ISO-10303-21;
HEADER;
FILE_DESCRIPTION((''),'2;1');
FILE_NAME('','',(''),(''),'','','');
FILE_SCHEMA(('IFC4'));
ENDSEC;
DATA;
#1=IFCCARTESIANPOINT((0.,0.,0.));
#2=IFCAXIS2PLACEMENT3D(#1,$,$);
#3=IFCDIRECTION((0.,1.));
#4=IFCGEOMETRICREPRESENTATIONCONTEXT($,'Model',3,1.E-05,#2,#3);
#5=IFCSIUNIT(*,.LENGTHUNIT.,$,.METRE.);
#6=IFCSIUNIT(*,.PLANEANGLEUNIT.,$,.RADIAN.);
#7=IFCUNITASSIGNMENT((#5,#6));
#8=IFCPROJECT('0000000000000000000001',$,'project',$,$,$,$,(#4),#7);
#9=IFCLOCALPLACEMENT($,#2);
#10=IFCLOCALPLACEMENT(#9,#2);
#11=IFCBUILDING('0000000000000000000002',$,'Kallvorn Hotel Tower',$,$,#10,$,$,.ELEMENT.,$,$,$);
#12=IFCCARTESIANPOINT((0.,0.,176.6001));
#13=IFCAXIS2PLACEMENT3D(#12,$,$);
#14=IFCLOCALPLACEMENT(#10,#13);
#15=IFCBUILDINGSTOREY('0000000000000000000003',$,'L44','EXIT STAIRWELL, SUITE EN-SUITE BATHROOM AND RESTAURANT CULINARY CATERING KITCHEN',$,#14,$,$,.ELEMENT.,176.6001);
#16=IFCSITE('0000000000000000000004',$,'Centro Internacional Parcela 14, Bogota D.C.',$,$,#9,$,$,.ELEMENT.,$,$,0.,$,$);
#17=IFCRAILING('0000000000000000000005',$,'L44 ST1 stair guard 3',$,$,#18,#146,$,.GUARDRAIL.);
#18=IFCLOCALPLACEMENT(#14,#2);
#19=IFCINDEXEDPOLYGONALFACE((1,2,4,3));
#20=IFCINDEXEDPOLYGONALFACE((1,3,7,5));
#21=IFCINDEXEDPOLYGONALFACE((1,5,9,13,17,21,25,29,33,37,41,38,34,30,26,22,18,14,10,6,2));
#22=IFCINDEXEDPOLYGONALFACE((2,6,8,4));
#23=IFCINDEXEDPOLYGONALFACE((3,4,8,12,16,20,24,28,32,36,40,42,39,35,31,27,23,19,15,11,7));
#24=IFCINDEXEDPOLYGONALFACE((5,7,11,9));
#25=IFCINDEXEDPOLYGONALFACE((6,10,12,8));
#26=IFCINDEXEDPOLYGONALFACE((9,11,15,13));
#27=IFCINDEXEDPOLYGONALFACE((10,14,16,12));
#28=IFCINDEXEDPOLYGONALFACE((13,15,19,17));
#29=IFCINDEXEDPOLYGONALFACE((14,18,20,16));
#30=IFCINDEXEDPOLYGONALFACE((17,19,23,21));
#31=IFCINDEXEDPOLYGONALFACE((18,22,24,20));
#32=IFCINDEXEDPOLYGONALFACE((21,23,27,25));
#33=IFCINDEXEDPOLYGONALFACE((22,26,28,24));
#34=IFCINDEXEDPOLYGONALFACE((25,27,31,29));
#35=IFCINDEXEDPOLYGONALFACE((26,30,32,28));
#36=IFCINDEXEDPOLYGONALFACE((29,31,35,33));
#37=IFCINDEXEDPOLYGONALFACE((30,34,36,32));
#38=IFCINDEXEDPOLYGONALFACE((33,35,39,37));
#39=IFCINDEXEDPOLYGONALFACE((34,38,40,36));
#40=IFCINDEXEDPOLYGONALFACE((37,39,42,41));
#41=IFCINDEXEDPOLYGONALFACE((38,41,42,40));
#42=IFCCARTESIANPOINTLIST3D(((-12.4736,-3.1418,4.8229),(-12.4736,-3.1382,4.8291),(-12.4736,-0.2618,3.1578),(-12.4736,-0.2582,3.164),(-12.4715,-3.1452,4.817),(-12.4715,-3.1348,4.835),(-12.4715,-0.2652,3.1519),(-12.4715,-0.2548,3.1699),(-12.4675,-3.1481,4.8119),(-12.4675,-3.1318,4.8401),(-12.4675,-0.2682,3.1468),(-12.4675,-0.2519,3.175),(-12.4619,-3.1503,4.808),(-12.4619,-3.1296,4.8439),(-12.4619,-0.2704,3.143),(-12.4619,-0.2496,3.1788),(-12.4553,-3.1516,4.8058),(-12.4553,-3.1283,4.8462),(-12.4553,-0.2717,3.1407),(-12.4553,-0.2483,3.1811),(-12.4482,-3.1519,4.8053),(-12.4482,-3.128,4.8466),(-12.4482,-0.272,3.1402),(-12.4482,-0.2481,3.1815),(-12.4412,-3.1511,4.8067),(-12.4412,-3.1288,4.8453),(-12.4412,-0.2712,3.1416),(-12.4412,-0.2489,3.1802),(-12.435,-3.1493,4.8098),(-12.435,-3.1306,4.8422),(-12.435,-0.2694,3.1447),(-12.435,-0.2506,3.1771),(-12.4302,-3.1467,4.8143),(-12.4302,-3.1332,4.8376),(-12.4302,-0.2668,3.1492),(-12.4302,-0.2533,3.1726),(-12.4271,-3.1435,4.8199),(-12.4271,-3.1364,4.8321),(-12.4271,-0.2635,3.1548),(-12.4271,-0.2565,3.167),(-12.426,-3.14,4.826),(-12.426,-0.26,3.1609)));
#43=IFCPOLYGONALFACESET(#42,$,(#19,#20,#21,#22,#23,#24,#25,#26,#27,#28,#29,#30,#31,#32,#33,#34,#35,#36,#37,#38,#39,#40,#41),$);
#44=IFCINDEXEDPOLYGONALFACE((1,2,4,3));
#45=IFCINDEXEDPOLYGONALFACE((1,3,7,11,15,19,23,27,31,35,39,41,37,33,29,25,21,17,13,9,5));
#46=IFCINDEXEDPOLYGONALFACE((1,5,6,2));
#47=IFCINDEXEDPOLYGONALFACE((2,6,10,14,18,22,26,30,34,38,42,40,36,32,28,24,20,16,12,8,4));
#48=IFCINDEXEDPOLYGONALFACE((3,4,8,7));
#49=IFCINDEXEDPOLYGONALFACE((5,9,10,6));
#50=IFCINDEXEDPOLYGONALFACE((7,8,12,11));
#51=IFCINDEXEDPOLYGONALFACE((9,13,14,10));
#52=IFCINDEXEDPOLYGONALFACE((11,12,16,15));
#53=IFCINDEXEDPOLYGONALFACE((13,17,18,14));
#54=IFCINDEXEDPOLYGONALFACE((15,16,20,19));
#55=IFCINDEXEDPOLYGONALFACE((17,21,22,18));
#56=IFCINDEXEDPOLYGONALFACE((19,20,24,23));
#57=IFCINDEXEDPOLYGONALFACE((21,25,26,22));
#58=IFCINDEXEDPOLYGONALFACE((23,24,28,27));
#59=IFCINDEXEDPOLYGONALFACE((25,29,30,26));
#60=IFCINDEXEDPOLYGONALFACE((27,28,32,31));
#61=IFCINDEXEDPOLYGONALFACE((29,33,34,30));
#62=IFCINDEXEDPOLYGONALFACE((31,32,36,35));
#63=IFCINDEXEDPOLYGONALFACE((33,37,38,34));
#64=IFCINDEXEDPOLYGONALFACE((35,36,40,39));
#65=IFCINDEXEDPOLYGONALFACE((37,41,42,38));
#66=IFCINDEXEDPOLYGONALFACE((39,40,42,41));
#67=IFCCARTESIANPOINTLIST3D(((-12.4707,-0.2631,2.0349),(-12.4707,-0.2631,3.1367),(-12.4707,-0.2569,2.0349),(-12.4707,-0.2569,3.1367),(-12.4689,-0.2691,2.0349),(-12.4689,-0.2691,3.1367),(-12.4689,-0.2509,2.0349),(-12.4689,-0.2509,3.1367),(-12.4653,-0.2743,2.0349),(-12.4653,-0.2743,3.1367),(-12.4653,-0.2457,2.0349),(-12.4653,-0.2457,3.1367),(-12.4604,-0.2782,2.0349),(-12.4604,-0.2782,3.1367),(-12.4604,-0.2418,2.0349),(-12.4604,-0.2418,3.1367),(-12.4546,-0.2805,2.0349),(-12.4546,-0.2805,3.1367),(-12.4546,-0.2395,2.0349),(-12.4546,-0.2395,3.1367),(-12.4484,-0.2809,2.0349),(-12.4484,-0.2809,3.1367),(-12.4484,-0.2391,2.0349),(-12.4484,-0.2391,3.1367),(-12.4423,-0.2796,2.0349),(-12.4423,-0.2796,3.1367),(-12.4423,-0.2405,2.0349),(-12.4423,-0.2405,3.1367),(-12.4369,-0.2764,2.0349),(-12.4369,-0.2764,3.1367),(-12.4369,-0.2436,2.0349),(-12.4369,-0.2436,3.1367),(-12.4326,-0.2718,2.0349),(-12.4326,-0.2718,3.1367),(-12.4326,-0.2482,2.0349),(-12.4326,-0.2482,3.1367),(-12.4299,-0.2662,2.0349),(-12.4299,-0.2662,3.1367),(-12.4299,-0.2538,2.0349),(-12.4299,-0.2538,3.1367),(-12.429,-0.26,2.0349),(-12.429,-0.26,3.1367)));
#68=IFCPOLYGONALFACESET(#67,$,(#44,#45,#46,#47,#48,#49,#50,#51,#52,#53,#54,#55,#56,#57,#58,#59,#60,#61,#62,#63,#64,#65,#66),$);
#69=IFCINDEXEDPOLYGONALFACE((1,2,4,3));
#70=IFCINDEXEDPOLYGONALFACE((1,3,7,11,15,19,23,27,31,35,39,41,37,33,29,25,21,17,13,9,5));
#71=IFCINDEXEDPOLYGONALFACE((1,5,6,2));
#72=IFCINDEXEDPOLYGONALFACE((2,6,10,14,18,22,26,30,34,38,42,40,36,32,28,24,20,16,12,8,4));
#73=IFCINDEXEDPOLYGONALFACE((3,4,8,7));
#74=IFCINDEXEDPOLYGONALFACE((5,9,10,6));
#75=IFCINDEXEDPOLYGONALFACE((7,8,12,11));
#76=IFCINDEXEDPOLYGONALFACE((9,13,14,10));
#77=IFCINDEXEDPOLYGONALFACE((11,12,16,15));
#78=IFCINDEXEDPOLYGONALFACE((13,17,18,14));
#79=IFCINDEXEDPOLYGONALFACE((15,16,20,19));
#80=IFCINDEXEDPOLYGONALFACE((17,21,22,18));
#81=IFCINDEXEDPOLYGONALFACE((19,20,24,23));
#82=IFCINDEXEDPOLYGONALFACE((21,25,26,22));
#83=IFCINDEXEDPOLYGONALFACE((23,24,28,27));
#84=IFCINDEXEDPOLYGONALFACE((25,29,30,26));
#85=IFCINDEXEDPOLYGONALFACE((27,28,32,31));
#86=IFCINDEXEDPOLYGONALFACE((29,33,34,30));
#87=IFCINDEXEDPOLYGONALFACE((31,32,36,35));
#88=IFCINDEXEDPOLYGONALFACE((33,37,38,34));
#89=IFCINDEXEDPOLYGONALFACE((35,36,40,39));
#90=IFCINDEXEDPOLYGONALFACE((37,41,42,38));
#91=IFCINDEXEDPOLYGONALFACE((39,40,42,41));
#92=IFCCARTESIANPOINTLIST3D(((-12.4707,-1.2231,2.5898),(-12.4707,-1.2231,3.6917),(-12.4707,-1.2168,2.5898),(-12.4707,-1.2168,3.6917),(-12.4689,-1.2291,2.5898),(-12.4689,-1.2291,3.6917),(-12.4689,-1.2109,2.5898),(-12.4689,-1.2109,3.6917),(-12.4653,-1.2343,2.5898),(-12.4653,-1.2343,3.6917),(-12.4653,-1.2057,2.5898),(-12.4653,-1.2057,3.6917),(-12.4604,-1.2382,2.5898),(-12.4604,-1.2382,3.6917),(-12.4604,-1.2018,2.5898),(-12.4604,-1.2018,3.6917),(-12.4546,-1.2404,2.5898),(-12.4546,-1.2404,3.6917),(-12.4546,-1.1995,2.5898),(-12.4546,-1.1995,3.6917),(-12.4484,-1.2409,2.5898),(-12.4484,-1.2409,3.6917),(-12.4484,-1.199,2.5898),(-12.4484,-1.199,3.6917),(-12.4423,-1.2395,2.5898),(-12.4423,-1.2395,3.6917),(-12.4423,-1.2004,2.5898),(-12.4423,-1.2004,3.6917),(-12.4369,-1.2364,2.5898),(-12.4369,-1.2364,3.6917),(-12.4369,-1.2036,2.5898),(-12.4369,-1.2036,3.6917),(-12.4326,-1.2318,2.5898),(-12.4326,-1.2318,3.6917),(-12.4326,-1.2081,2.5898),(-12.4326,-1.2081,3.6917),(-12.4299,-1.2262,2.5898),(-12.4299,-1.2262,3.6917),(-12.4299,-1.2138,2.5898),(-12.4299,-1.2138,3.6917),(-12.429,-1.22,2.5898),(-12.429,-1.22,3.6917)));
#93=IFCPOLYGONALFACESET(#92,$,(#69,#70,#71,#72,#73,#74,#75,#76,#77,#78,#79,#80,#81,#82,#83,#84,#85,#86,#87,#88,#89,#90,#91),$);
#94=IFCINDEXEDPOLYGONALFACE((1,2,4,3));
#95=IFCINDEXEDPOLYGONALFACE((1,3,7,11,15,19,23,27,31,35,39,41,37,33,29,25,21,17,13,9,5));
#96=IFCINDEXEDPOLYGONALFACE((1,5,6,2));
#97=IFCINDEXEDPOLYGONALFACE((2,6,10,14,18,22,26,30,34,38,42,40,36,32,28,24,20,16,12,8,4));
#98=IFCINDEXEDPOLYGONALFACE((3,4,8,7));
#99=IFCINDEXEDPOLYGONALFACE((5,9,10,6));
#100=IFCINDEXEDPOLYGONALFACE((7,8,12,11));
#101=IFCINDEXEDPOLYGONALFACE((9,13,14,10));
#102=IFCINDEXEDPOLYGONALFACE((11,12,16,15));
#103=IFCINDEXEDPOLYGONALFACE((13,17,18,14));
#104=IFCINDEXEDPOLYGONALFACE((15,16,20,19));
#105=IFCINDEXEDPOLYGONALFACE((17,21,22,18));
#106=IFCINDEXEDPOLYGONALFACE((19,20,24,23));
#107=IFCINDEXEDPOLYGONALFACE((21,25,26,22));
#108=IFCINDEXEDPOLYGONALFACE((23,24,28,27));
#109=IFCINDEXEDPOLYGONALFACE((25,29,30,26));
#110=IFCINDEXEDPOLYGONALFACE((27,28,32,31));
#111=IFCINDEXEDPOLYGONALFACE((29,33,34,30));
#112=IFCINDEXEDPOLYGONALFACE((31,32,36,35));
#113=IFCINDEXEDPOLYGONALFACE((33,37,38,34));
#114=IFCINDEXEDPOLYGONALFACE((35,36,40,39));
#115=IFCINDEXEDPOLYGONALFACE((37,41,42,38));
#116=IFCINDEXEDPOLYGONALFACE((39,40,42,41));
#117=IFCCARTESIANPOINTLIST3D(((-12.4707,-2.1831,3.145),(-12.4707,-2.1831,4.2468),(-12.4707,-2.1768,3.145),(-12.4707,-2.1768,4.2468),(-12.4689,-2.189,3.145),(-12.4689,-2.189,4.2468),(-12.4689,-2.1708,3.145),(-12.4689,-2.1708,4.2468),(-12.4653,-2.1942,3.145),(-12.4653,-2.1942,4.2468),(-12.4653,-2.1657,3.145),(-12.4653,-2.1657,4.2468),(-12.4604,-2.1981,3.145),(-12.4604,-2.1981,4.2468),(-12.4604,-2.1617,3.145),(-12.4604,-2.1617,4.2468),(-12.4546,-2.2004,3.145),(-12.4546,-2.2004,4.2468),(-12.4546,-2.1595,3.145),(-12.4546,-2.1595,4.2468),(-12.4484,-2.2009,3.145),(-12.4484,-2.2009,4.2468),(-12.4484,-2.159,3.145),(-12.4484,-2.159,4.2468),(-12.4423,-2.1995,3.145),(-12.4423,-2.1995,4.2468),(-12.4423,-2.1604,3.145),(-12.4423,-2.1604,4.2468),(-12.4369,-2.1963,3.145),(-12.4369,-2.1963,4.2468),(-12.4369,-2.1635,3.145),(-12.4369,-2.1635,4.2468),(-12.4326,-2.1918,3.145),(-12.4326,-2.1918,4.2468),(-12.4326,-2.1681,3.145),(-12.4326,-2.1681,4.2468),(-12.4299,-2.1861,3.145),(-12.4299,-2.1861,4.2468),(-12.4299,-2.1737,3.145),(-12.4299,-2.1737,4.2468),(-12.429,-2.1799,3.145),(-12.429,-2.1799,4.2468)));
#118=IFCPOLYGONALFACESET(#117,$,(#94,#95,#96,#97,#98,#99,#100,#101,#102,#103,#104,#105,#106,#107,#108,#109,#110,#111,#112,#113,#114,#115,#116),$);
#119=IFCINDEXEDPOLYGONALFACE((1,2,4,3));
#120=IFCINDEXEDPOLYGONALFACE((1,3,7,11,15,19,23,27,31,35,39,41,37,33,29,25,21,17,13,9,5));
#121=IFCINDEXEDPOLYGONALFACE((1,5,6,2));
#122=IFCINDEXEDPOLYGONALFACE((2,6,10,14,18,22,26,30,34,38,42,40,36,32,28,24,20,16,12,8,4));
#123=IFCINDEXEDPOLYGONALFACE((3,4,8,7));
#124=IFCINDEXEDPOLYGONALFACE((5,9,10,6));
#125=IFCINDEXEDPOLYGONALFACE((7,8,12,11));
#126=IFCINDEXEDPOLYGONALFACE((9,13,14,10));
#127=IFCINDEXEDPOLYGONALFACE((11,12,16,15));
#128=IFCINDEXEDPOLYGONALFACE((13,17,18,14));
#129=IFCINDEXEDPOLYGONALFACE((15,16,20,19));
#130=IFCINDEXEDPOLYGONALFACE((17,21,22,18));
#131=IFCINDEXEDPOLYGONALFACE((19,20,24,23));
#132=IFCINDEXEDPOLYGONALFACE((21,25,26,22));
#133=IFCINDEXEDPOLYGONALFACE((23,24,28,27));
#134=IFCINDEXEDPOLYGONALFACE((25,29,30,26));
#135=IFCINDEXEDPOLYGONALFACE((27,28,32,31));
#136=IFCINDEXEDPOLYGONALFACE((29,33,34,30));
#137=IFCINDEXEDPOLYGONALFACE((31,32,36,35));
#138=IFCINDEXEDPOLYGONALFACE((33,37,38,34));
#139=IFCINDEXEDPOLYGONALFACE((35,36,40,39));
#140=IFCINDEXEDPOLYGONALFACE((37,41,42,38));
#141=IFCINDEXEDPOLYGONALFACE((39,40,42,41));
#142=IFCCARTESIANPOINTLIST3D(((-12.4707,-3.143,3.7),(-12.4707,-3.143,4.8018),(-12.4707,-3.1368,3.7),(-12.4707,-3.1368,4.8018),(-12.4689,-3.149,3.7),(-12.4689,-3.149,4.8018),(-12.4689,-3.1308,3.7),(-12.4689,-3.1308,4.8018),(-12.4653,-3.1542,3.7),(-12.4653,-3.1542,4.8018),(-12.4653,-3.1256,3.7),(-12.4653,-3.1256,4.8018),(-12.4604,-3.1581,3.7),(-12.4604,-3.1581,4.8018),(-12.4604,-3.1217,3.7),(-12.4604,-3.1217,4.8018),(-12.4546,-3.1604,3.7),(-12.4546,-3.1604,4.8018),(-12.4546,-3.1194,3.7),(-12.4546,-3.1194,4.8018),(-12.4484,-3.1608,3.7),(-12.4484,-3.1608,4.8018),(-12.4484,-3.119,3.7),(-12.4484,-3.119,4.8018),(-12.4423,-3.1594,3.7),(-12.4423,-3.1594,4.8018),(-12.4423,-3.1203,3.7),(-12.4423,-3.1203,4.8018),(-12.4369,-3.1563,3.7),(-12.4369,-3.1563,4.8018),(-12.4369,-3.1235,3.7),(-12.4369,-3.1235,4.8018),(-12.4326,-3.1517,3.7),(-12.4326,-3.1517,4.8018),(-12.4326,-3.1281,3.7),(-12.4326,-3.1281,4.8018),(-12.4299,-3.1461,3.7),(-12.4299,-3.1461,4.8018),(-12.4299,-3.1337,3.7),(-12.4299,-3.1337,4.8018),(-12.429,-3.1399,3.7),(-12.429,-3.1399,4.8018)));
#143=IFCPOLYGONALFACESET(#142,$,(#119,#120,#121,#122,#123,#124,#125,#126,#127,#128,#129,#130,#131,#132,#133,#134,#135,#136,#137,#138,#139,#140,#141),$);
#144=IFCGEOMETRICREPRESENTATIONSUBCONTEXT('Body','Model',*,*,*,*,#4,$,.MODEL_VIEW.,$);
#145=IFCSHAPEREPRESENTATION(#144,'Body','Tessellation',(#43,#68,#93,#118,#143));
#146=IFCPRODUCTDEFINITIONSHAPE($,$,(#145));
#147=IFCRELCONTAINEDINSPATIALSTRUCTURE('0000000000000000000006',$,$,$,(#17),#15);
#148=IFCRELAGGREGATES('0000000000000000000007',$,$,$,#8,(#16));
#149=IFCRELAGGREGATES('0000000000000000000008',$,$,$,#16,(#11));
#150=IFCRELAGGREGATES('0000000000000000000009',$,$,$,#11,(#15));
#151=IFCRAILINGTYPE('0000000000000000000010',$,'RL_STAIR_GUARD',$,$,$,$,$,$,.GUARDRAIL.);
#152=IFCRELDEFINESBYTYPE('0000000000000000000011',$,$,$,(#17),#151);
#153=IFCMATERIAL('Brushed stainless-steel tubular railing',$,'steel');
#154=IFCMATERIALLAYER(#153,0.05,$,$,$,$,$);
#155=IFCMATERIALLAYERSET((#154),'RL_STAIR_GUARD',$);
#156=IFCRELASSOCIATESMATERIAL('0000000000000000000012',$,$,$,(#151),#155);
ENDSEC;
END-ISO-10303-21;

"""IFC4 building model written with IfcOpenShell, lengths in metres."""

from ifc_helpers import new_model, si_unit, direction, frame, origin, origin_2d, place, context, subcontext, project, spatial, circle, extrude, material, layer, layer_set, type_object, element, save


model = new_model("IFC4")

# Units and contexts
model_context = context("Model", 3, precision=1e-05, world=origin(), true_north=direction((0.0, 1.0)))
body_context = subcontext(model_context, "Body", "Model", "MODEL_VIEW")
ifc_project = project(units=[si_unit("LENGTHUNIT", "METRE"), si_unit("PLANEANGLEUNIT", "RADIAN")], contexts=[model_context])

# Site, building, storey
site_placement = place(None, origin())
site = spatial("IfcSite", under=ifc_project, at=site_placement, Name="Centro Internacional Parcela 14, Bogota D.C.", CompositionType="ELEMENT", RefElevation=0.0)
building_placement = place(site_placement, origin())
building = spatial("IfcBuilding", under=site, at=building_placement, Name="Kallvorn Hotel Tower", CompositionType="ELEMENT")
storey_placement = place(building_placement, frame((0.0, 0.0, 176.6001)))
storey = spatial("IfcBuildingStorey", under=building, at=storey_placement, Name="L44", Description="EXIT STAIRWELL, SUITE EN-SUITE BATHROOM AND RESTAURANT CULINARY CATERING KITCHEN", CompositionType="ELEMENT", Elevation=176.6001)

# Railing
ifc_material_1 = material(Name="Brushed stainless-steel tubular railing", Category="steel")
ifc_layer_1 = layer(ifc_material_1, 0.05)
ifc_layer_set_1 = layer_set([ifc_layer_1], Name="RL_STAIR_GUARD")
railing_type_1 = type_object("IfcRailingType", Name="RL_STAIR_GUARD", PredefinedType="GUARDRAIL", material=ifc_layer_set_1)
railing_1_placement = place(storey_placement, frame((-12.45, -0.26, 2.0349)))
element("IfcRailing", 1, at=railing_1_placement, inside=storey, type_object=railing_type_1, Name="L44 ST1 stair guard 3", PredefinedType="GUARDRAIL", context=body_context, shape_type="SweptSolid", body=[
    extrude(circle(Radius=0.0239, at=origin_2d()), frame((0.0, 0.0, 1.126), z_axis=(0.0, -0.865721, 0.500527), x_axis=(1.0, 0.0, 0.0)), (0.0, 0.0, 1.0), 3.3267),
    extrude(circle(Radius=0.021, at=origin_2d()), origin(), (0.0, 0.0, 1.0), 1.1018),
    extrude(circle(Radius=0.021, at=origin_2d()), frame((0.0, -0.96, 0.5549)), (0.0, 0.0, 1.0), 1.1018),
    extrude(circle(Radius=0.021, at=origin_2d()), frame((0.0, -1.9199, 1.1101)), (0.0, 0.0, 1.0), 1.1018),
    extrude(circle(Radius=0.021, at=origin_2d()), frame((0.0, -2.8799, 1.665)), (0.0, 0.0, 1.0), 1.1018),
])

save(model, "model.ifc")
